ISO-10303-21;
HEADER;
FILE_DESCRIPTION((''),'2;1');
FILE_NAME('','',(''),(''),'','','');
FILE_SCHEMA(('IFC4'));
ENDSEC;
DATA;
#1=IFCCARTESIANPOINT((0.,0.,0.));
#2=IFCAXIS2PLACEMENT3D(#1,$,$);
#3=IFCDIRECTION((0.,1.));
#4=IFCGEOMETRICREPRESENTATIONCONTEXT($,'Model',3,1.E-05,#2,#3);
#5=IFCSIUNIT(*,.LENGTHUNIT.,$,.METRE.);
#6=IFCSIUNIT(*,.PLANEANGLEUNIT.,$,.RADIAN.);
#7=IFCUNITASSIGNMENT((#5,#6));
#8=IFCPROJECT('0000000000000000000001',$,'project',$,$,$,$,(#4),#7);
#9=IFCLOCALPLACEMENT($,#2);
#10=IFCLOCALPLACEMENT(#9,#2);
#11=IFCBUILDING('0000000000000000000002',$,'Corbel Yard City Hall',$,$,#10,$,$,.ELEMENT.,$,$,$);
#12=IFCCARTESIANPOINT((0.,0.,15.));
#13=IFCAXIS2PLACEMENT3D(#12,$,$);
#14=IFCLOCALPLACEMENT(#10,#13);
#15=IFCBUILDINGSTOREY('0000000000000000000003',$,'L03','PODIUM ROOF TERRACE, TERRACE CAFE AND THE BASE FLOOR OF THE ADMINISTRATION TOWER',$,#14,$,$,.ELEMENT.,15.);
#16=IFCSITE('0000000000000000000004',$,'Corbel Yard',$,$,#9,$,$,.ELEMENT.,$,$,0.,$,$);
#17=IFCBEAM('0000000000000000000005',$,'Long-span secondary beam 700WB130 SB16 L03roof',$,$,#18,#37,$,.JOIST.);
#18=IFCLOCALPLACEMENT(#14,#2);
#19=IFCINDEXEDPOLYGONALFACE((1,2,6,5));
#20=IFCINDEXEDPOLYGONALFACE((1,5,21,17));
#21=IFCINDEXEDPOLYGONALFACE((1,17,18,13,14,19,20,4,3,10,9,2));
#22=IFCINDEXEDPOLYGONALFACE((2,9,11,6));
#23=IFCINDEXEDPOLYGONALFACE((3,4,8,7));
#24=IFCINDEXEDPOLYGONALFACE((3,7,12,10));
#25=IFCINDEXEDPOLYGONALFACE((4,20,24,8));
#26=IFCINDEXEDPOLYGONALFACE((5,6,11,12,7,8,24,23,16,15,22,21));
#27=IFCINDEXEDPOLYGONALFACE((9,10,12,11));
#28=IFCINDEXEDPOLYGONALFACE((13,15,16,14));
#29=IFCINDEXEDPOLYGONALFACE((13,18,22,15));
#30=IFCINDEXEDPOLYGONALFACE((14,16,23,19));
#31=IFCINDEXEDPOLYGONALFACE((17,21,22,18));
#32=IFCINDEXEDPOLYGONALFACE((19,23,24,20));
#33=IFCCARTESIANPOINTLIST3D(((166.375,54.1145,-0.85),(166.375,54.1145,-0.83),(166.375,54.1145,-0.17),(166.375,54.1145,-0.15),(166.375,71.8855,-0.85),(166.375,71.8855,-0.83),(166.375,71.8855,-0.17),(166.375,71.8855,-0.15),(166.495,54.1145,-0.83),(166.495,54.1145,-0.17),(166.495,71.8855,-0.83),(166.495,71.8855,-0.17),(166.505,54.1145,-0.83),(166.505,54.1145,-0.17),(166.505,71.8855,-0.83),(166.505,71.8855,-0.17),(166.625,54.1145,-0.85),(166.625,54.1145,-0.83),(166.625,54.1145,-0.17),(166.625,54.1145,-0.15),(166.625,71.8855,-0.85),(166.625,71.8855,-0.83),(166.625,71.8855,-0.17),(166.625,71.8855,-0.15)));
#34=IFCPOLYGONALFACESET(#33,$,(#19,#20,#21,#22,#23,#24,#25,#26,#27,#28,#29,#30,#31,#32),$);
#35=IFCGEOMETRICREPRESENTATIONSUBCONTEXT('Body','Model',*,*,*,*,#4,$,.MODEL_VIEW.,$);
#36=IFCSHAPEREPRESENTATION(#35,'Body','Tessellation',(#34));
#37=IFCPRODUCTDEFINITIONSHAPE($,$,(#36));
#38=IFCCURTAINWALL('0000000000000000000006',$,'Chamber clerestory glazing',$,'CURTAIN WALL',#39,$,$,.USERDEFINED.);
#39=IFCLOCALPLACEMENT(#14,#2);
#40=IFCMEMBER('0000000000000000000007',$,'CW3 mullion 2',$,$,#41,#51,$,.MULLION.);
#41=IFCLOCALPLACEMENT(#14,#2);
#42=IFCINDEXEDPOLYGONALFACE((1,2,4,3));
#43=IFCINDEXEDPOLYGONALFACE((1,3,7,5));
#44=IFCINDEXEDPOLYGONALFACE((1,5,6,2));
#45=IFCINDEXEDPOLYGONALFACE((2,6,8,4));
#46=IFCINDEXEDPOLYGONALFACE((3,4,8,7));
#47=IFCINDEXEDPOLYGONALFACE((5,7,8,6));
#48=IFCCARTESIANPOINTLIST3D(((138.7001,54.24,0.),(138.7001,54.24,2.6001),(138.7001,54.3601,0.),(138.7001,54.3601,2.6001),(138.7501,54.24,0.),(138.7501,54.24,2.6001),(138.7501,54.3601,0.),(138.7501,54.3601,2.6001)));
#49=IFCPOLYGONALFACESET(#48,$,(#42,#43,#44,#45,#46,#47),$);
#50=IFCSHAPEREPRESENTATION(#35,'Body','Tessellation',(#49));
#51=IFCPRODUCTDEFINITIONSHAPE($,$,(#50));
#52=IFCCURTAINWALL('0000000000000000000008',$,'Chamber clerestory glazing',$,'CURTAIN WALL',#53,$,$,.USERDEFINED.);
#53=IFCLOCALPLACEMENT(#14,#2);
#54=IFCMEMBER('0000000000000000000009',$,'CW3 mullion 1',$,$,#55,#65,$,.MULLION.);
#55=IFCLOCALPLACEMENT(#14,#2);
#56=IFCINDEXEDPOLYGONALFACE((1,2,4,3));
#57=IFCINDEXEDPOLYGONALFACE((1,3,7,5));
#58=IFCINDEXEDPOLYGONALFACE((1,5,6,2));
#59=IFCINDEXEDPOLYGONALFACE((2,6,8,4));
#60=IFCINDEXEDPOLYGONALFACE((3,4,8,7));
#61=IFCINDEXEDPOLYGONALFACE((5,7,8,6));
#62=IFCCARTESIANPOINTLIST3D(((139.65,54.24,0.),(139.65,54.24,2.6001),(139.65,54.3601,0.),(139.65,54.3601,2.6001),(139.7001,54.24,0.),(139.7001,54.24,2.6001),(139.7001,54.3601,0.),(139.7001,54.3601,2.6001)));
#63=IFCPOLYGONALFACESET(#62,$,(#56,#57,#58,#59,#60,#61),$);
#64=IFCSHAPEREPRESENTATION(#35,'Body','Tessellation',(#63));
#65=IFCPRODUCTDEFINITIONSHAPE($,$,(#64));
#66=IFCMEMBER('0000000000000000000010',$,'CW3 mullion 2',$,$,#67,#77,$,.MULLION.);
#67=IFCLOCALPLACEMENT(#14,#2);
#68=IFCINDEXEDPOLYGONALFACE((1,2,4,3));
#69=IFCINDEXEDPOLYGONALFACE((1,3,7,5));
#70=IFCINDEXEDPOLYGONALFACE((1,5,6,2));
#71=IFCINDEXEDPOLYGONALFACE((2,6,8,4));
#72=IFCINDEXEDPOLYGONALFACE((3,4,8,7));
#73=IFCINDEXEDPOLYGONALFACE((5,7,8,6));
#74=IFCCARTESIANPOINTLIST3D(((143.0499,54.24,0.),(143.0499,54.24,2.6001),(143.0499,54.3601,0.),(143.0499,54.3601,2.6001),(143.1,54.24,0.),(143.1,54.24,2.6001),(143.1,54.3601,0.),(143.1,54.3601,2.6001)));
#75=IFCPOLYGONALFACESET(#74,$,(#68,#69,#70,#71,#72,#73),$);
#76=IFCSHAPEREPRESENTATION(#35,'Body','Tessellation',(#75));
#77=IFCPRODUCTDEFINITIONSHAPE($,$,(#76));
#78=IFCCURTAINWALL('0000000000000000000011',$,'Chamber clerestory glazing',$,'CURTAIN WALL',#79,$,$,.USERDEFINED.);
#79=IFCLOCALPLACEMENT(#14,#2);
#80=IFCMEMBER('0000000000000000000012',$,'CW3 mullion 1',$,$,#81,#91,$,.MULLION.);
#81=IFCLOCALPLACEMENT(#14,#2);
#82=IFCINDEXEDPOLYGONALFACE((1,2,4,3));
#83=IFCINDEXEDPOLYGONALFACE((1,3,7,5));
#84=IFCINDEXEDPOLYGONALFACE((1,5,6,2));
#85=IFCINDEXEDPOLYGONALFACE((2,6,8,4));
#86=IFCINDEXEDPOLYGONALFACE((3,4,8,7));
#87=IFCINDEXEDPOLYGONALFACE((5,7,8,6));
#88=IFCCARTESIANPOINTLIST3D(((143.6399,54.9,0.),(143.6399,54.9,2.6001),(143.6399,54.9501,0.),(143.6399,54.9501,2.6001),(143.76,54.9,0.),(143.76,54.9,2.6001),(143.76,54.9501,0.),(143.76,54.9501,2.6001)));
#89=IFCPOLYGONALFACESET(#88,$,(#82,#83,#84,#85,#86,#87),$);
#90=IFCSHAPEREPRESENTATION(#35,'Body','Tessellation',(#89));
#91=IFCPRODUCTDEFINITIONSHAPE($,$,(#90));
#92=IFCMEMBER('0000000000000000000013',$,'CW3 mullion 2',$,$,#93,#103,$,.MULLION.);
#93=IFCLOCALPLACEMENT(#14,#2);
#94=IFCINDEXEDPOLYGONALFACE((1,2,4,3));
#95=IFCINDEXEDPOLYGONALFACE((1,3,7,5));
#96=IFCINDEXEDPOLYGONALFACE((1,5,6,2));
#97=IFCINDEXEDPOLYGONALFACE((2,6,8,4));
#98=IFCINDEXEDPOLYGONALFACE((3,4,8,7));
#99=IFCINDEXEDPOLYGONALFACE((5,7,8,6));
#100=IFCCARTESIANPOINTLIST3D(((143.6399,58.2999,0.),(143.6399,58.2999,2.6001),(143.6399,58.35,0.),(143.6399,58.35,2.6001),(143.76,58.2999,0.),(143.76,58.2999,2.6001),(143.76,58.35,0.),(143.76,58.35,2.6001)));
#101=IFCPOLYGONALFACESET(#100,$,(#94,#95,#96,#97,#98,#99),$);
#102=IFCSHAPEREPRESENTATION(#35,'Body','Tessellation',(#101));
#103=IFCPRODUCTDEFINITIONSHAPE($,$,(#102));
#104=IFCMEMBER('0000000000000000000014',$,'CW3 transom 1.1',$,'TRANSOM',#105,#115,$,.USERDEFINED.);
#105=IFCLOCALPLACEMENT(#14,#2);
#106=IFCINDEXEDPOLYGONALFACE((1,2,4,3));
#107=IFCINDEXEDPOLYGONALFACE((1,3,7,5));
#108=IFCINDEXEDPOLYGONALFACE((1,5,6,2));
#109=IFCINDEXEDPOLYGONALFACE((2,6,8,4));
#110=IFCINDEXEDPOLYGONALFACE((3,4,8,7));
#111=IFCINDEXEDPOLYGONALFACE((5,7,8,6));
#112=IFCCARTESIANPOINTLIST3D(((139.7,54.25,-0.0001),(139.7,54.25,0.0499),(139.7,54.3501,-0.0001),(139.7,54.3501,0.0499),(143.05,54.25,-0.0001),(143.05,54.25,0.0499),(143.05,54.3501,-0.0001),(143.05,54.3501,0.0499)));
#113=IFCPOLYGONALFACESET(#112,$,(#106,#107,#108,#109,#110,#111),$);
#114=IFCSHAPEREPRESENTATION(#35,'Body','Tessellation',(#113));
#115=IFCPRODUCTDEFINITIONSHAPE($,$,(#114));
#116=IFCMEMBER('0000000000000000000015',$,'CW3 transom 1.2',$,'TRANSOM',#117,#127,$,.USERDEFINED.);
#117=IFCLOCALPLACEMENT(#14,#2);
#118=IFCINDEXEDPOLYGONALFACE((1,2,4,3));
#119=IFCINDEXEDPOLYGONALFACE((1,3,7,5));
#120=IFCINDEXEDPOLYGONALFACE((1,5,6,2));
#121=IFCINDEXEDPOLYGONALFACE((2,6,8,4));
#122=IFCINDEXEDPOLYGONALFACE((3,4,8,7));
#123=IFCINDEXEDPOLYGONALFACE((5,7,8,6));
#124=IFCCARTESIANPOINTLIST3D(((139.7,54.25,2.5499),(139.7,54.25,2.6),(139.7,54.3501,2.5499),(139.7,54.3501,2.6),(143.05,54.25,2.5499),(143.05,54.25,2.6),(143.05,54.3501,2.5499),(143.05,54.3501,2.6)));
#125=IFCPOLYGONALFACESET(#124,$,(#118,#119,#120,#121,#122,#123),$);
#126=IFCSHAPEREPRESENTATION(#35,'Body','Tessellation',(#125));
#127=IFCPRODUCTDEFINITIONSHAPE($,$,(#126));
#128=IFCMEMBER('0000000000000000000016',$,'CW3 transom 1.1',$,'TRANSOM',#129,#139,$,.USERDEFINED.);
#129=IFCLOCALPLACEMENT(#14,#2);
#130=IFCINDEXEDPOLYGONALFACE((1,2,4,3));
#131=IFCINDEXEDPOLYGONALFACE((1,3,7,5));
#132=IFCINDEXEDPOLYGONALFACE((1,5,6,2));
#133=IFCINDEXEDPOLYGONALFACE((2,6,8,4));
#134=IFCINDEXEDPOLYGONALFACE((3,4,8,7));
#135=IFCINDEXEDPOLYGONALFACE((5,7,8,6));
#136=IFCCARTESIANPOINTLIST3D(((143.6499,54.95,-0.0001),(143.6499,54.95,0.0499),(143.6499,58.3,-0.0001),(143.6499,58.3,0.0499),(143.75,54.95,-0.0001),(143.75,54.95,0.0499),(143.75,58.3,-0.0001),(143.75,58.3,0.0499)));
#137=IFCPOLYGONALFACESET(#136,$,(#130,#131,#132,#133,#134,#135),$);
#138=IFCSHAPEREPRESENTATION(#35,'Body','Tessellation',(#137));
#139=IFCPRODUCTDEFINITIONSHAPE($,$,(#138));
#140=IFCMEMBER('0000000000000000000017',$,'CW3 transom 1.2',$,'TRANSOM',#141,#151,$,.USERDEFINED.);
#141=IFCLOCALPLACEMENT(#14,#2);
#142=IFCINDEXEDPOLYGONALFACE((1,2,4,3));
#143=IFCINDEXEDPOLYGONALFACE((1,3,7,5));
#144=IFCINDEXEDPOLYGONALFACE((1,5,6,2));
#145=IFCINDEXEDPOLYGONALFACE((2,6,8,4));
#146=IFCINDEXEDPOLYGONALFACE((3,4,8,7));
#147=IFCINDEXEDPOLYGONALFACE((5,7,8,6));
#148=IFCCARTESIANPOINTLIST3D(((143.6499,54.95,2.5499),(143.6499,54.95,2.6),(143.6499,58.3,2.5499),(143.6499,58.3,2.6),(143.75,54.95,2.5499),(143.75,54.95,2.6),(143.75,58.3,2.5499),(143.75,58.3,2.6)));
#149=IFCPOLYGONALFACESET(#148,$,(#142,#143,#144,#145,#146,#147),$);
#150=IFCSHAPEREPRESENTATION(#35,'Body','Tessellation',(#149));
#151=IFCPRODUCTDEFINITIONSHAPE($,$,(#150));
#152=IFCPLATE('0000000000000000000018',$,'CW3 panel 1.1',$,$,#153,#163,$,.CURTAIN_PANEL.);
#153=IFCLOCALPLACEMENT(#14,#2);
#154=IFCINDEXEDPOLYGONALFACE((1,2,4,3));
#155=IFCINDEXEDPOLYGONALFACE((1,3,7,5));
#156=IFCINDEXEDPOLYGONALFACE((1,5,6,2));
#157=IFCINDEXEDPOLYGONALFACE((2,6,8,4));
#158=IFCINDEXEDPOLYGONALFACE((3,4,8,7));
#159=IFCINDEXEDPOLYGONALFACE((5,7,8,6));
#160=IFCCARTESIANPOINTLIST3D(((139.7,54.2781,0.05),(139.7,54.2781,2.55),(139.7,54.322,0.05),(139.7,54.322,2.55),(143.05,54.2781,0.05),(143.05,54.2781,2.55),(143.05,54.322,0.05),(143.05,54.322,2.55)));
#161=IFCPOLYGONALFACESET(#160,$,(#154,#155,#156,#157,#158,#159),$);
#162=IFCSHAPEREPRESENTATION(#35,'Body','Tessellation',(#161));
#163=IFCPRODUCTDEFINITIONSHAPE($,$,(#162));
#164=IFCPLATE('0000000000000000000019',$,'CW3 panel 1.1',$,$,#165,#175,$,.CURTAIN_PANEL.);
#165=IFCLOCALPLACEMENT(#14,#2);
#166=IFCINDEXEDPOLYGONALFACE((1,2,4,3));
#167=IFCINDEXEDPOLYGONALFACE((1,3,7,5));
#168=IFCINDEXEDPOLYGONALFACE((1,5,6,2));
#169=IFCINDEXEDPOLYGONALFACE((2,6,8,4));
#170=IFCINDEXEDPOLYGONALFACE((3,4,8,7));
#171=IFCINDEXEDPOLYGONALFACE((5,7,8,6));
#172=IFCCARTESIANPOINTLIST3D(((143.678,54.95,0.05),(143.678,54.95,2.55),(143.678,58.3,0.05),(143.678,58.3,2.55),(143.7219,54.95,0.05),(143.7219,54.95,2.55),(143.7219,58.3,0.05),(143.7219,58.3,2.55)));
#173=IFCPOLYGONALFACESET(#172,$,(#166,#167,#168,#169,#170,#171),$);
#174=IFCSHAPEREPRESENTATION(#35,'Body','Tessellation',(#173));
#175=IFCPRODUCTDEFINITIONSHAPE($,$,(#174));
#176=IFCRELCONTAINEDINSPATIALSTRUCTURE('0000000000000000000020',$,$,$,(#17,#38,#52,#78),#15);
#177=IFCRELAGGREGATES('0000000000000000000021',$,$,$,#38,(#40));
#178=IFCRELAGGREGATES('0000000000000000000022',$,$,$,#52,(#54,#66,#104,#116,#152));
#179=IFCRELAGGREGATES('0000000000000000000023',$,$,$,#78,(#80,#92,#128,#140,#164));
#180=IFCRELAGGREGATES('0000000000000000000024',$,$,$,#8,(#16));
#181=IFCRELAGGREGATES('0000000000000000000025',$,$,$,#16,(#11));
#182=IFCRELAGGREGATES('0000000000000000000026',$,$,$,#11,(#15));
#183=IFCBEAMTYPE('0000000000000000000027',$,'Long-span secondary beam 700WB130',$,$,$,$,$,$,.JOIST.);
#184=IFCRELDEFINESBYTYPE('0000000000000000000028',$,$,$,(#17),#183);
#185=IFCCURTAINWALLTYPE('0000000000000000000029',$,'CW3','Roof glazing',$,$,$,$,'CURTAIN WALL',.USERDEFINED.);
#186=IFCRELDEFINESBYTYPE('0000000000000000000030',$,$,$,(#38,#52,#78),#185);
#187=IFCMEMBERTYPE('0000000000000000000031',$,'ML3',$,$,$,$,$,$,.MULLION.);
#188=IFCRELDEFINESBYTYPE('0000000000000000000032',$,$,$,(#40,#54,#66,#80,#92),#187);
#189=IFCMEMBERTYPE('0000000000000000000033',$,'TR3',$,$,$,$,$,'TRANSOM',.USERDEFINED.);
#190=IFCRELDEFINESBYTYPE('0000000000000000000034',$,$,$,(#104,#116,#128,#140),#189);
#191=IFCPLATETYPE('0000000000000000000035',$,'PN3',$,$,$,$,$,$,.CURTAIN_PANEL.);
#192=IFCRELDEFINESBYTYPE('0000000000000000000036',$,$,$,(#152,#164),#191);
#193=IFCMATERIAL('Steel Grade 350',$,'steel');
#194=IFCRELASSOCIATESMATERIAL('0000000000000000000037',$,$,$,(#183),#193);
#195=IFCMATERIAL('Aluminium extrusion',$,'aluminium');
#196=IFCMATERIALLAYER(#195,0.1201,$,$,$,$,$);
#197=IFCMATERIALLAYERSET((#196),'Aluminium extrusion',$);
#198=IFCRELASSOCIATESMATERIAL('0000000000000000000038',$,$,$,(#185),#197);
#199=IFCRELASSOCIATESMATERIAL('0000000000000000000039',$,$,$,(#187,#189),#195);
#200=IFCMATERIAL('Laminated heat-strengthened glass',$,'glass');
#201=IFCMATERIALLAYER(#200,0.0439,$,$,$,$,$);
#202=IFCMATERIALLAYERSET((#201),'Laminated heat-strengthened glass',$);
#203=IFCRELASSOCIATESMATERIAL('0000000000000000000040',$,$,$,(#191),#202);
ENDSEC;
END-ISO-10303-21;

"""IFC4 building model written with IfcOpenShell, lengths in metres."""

from ifc_helpers import new_model, si_unit, direction, frame, origin, origin_2d, place, context, subcontext, project, spatial, rectangle, i_section, extrude, material, layer, layer_set, material_profile, profile_set, type_object, element, aggregate, save


model = new_model("IFC4")

# Units and contexts
model_context = context("Model", 3, precision=1e-05, world=origin(), true_north=direction((0.0, 1.0)))
body_context = subcontext(model_context, "Body", "Model", "MODEL_VIEW")
ifc_project = project(units=[si_unit("LENGTHUNIT", "METRE"), si_unit("PLANEANGLEUNIT", "RADIAN")], contexts=[model_context])

# Site, building, storey
site_placement = place(None, origin())
site = spatial("IfcSite", under=ifc_project, at=site_placement, Name="Corbel Yard", CompositionType="ELEMENT", RefElevation=0.0)
building_placement = place(site_placement, origin())
building = spatial("IfcBuilding", under=site, at=building_placement, Name="Corbel Yard City Hall", CompositionType="ELEMENT")
storey_placement = place(building_placement, frame((0.0, 0.0, 15.0)))
storey = spatial("IfcBuildingStorey", under=building, at=storey_placement, Name="L03", Description="PODIUM ROOF TERRACE, TERRACE CAFE AND THE BASE FLOOR OF THE ADMINISTRATION TOWER", CompositionType="ELEMENT", Elevation=15.0)

# Beam
ifc_material_1 = material(Name="Steel Grade 350", Category="steel")
ifc_material_profile_1 = material_profile(ifc_material_1, i_section(OverallWidth=0.25, OverallDepth=0.7, WebThickness=0.01, FlangeThickness=0.02, at=origin_2d()), Name="700WB130")
ifc_profile_set_1 = profile_set([ifc_material_profile_1], Name="Steel Grade 350")
beam_type_1 = type_object("IfcBeamType", Name="Long-span secondary beam 700WB130", PredefinedType="JOIST", material=ifc_profile_set_1)
beam_1_placement = place(storey_placement, frame((166.5, 54.1145, -0.5), z_axis=(0.0, 1.0, 0.0), x_axis=(-1.0, 0.0, 0.0)))
element("IfcBeam", 1, at=beam_1_placement, inside=storey, type_object=beam_type_1, Name="Long-span secondary beam 700WB130 SB16 L03roof", PredefinedType="JOIST", context=body_context, shape_type="SweptSolid", body=[
    extrude(i_section(OverallWidth=0.25, OverallDepth=0.7, WebThickness=0.01, FlangeThickness=0.02, at=origin_2d()), origin(), (0.0, 0.0, 1.0), 17.771),
])

# Curtain wall, member
ifc_material_2 = material(Name="Aluminium extrusion", Category="aluminium")
ifc_layer_1 = layer(ifc_material_2, 0.1201)
ifc_layer_set_1 = layer_set([ifc_layer_1], Name="Aluminium extrusion")
curtain_wall_type = type_object("IfcCurtainWallType", Name="CW3", Description="Roof glazing", ElementType="CURTAIN WALL", PredefinedType="USERDEFINED", material=ifc_layer_set_1)
curtain_wall_1_placement = place(storey_placement, origin())
curtain_wall_1 = element("IfcCurtainWall", 2, at=curtain_wall_1_placement, inside=storey, type_object=curtain_wall_type, Name="Chamber clerestory glazing", ObjectType="CURTAIN WALL", PredefinedType="USERDEFINED")
ifc_material_profile_2 = material_profile(ifc_material_2, rectangle(XDim=0.1201, YDim=0.05, at=origin_2d()), Name="120x50")
ifc_profile_set_2 = profile_set([ifc_material_profile_2], Name="Aluminium extrusion")
member_type_1 = type_object("IfcMemberType", Name="ML3", PredefinedType="MULLION", material=ifc_profile_set_2)
member_1_placement = place(storey_placement, frame((138.7251, 54.3, 0.0), z_axis=(0.0, 0.0, 1.0), x_axis=(0.0, 1.0, 0.0)))
member_1 = element("IfcMember", 3, at=member_1_placement, type_object=member_type_1, Name="CW3 mullion 2", PredefinedType="MULLION", context=body_context, shape_type="SweptSolid", body=[
    extrude(rectangle(XDim=0.1201, YDim=0.05, at=origin_2d()), origin(), (0.0, 0.0, 1.0), 2.6001),
])
aggregate(curtain_wall_1, [member_1])

# Curtain walls, members
curtain_wall_2_placement = place(storey_placement, origin())
curtain_wall_2 = element("IfcCurtainWall", 4, at=curtain_wall_2_placement, inside=storey, type_object=curtain_wall_type, Name="Chamber clerestory glazing", ObjectType="CURTAIN WALL", PredefinedType="USERDEFINED")
member_2_placement = place(storey_placement, frame((139.675, 54.3, 0.0), z_axis=(0.0, 0.0, 1.0), x_axis=(0.0, 1.0, 0.0)))
member_2 = element("IfcMember", 5, at=member_2_placement, type_object=member_type_1, Name="CW3 mullion 1", PredefinedType="MULLION", context=body_context, shape_type="SweptSolid", body=[
    extrude(rectangle(XDim=0.1201, YDim=0.05, at=origin_2d()), origin(), (0.0, 0.0, 1.0), 2.6001),
])
member_3_placement = place(storey_placement, frame((143.075, 54.3, 0.0), z_axis=(0.0, 0.0, 1.0), x_axis=(0.0, 1.0, 0.0)))
member_3 = element("IfcMember", 6, at=member_3_placement, type_object=member_type_1, Name="CW3 mullion 2", PredefinedType="MULLION", context=body_context, shape_type="SweptSolid", body=[
    extrude(rectangle(XDim=0.1201, YDim=0.05, at=origin_2d()), origin(), (0.0, 0.0, 1.0), 2.6001),
])
curtain_wall_3_placement = place(storey_placement, origin())
curtain_wall_3 = element("IfcCurtainWall", 7, at=curtain_wall_3_placement, inside=storey, type_object=curtain_wall_type, Name="Chamber clerestory glazing", ObjectType="CURTAIN WALL", PredefinedType="USERDEFINED")
member_4_placement = place(storey_placement, frame((143.7, 54.925, 0.0), z_axis=(0.0, 0.0, 1.0), x_axis=(-1.0, 0.0, 0.0)))
member_4 = element("IfcMember", 8, at=member_4_placement, type_object=member_type_1, Name="CW3 mullion 1", PredefinedType="MULLION", context=body_context, shape_type="SweptSolid", body=[
    extrude(rectangle(XDim=0.1201, YDim=0.05, at=origin_2d()), origin(), (0.0, 0.0, 1.0), 2.6001),
])
member_5_placement = place(storey_placement, frame((143.7, 58.325, 0.0), z_axis=(0.0, 0.0, 1.0), x_axis=(-1.0, 0.0, 0.0)))
member_5 = element("IfcMember", 9, at=member_5_placement, type_object=member_type_1, Name="CW3 mullion 2", PredefinedType="MULLION", context=body_context, shape_type="SweptSolid", body=[
    extrude(rectangle(XDim=0.1201, YDim=0.05, at=origin_2d()), origin(), (0.0, 0.0, 1.0), 2.6001),
])

# Members
ifc_material_profile_3 = material_profile(ifc_material_2, rectangle(XDim=0.1001, YDim=0.05, at=origin_2d()), Name="100x50")
ifc_profile_set_3 = profile_set([ifc_material_profile_3], Name="Aluminium extrusion")
member_type_2 = type_object("IfcMemberType", Name="TR3", ElementType="TRANSOM", PredefinedType="USERDEFINED", material=ifc_profile_set_3)
member_6_placement = place(storey_placement, frame((139.7, 54.3, 0.0249), z_axis=(1.0, 0.0, 0.0), x_axis=(0.0, 1.0, 0.0)))
member_6 = element("IfcMember", 10, at=member_6_placement, type_object=member_type_2, Name="CW3 transom 1.1", ObjectType="TRANSOM", PredefinedType="USERDEFINED", context=body_context, shape_type="SweptSolid", body=[
    extrude(rectangle(XDim=0.1001, YDim=0.05, at=origin_2d()), origin(), (0.0, 0.0, 1.0), 3.3501),
])
member_7_placement = place(storey_placement, frame((139.7, 54.3, 2.575), z_axis=(1.0, 0.0, 0.0), x_axis=(0.0, 1.0, 0.0)))
member_7 = element("IfcMember", 11, at=member_7_placement, type_object=member_type_2, Name="CW3 transom 1.2", ObjectType="TRANSOM", PredefinedType="USERDEFINED", context=body_context, shape_type="SweptSolid", body=[
    extrude(rectangle(XDim=0.1001, YDim=0.05, at=origin_2d()), origin(), (0.0, 0.0, 1.0), 3.3501),
])
member_8_placement = place(storey_placement, frame((143.7, 54.95, 0.0249), z_axis=(0.0, 1.0, 0.0), x_axis=(-1.0, 0.0, 0.0)))
member_8 = element("IfcMember", 12, at=member_8_placement, type_object=member_type_2, Name="CW3 transom 1.1", ObjectType="TRANSOM", PredefinedType="USERDEFINED", context=body_context, shape_type="SweptSolid", body=[
    extrude(rectangle(XDim=0.1001, YDim=0.05, at=origin_2d()), origin(), (0.0, 0.0, 1.0), 3.3501),
])
member_9_placement = place(storey_placement, frame((143.7, 54.95, 2.575), z_axis=(0.0, 1.0, 0.0), x_axis=(-1.0, 0.0, 0.0)))
member_9 = element("IfcMember", 13, at=member_9_placement, type_object=member_type_2, Name="CW3 transom 1.2", ObjectType="TRANSOM", PredefinedType="USERDEFINED", context=body_context, shape_type="SweptSolid", body=[
    extrude(rectangle(XDim=0.1001, YDim=0.05, at=origin_2d()), origin(), (0.0, 0.0, 1.0), 3.3501),
])

# Plates
ifc_material_3 = material(Name="Laminated heat-strengthened glass", Category="glass")
ifc_layer_2 = layer(ifc_material_3, 0.0439)
ifc_layer_set_2 = layer_set([ifc_layer_2], Name="Laminated heat-strengthened glass")
plate_type = type_object("IfcPlateType", Name="PN3", PredefinedType="CURTAIN_PANEL", material=ifc_layer_set_2)
plate_1_placement = place(storey_placement, frame((141.375, 54.3, 0.05), z_axis=(0.0, 0.0, 1.0), x_axis=(1.0, 0.0, 0.0)))
plate_1 = element("IfcPlate", 14, at=plate_1_placement, type_object=plate_type, Name="CW3 panel 1.1", PredefinedType="CURTAIN_PANEL", context=body_context, shape_type="SweptSolid", body=[
    extrude(rectangle(XDim=3.3501, YDim=0.0439, at=origin_2d()), origin(), (0.0, 0.0, 1.0), 2.5),
])
aggregate(curtain_wall_2, [member_2, member_3, member_6, member_7, plate_1])
plate_2_placement = place(storey_placement, frame((143.7, 56.625, 0.05), z_axis=(0.0, 0.0, 1.0), x_axis=(0.0, 1.0, 0.0)))
plate_2 = element("IfcPlate", 15, at=plate_2_placement, type_object=plate_type, Name="CW3 panel 1.1", PredefinedType="CURTAIN_PANEL", context=body_context, shape_type="SweptSolid", body=[
    extrude(rectangle(XDim=3.3501, YDim=0.0439, at=origin_2d()), origin(), (0.0, 0.0, 1.0), 2.5),
])
aggregate(curtain_wall_3, [member_4, member_5, member_8, member_9, plate_2])

save(model, "model.ifc")
